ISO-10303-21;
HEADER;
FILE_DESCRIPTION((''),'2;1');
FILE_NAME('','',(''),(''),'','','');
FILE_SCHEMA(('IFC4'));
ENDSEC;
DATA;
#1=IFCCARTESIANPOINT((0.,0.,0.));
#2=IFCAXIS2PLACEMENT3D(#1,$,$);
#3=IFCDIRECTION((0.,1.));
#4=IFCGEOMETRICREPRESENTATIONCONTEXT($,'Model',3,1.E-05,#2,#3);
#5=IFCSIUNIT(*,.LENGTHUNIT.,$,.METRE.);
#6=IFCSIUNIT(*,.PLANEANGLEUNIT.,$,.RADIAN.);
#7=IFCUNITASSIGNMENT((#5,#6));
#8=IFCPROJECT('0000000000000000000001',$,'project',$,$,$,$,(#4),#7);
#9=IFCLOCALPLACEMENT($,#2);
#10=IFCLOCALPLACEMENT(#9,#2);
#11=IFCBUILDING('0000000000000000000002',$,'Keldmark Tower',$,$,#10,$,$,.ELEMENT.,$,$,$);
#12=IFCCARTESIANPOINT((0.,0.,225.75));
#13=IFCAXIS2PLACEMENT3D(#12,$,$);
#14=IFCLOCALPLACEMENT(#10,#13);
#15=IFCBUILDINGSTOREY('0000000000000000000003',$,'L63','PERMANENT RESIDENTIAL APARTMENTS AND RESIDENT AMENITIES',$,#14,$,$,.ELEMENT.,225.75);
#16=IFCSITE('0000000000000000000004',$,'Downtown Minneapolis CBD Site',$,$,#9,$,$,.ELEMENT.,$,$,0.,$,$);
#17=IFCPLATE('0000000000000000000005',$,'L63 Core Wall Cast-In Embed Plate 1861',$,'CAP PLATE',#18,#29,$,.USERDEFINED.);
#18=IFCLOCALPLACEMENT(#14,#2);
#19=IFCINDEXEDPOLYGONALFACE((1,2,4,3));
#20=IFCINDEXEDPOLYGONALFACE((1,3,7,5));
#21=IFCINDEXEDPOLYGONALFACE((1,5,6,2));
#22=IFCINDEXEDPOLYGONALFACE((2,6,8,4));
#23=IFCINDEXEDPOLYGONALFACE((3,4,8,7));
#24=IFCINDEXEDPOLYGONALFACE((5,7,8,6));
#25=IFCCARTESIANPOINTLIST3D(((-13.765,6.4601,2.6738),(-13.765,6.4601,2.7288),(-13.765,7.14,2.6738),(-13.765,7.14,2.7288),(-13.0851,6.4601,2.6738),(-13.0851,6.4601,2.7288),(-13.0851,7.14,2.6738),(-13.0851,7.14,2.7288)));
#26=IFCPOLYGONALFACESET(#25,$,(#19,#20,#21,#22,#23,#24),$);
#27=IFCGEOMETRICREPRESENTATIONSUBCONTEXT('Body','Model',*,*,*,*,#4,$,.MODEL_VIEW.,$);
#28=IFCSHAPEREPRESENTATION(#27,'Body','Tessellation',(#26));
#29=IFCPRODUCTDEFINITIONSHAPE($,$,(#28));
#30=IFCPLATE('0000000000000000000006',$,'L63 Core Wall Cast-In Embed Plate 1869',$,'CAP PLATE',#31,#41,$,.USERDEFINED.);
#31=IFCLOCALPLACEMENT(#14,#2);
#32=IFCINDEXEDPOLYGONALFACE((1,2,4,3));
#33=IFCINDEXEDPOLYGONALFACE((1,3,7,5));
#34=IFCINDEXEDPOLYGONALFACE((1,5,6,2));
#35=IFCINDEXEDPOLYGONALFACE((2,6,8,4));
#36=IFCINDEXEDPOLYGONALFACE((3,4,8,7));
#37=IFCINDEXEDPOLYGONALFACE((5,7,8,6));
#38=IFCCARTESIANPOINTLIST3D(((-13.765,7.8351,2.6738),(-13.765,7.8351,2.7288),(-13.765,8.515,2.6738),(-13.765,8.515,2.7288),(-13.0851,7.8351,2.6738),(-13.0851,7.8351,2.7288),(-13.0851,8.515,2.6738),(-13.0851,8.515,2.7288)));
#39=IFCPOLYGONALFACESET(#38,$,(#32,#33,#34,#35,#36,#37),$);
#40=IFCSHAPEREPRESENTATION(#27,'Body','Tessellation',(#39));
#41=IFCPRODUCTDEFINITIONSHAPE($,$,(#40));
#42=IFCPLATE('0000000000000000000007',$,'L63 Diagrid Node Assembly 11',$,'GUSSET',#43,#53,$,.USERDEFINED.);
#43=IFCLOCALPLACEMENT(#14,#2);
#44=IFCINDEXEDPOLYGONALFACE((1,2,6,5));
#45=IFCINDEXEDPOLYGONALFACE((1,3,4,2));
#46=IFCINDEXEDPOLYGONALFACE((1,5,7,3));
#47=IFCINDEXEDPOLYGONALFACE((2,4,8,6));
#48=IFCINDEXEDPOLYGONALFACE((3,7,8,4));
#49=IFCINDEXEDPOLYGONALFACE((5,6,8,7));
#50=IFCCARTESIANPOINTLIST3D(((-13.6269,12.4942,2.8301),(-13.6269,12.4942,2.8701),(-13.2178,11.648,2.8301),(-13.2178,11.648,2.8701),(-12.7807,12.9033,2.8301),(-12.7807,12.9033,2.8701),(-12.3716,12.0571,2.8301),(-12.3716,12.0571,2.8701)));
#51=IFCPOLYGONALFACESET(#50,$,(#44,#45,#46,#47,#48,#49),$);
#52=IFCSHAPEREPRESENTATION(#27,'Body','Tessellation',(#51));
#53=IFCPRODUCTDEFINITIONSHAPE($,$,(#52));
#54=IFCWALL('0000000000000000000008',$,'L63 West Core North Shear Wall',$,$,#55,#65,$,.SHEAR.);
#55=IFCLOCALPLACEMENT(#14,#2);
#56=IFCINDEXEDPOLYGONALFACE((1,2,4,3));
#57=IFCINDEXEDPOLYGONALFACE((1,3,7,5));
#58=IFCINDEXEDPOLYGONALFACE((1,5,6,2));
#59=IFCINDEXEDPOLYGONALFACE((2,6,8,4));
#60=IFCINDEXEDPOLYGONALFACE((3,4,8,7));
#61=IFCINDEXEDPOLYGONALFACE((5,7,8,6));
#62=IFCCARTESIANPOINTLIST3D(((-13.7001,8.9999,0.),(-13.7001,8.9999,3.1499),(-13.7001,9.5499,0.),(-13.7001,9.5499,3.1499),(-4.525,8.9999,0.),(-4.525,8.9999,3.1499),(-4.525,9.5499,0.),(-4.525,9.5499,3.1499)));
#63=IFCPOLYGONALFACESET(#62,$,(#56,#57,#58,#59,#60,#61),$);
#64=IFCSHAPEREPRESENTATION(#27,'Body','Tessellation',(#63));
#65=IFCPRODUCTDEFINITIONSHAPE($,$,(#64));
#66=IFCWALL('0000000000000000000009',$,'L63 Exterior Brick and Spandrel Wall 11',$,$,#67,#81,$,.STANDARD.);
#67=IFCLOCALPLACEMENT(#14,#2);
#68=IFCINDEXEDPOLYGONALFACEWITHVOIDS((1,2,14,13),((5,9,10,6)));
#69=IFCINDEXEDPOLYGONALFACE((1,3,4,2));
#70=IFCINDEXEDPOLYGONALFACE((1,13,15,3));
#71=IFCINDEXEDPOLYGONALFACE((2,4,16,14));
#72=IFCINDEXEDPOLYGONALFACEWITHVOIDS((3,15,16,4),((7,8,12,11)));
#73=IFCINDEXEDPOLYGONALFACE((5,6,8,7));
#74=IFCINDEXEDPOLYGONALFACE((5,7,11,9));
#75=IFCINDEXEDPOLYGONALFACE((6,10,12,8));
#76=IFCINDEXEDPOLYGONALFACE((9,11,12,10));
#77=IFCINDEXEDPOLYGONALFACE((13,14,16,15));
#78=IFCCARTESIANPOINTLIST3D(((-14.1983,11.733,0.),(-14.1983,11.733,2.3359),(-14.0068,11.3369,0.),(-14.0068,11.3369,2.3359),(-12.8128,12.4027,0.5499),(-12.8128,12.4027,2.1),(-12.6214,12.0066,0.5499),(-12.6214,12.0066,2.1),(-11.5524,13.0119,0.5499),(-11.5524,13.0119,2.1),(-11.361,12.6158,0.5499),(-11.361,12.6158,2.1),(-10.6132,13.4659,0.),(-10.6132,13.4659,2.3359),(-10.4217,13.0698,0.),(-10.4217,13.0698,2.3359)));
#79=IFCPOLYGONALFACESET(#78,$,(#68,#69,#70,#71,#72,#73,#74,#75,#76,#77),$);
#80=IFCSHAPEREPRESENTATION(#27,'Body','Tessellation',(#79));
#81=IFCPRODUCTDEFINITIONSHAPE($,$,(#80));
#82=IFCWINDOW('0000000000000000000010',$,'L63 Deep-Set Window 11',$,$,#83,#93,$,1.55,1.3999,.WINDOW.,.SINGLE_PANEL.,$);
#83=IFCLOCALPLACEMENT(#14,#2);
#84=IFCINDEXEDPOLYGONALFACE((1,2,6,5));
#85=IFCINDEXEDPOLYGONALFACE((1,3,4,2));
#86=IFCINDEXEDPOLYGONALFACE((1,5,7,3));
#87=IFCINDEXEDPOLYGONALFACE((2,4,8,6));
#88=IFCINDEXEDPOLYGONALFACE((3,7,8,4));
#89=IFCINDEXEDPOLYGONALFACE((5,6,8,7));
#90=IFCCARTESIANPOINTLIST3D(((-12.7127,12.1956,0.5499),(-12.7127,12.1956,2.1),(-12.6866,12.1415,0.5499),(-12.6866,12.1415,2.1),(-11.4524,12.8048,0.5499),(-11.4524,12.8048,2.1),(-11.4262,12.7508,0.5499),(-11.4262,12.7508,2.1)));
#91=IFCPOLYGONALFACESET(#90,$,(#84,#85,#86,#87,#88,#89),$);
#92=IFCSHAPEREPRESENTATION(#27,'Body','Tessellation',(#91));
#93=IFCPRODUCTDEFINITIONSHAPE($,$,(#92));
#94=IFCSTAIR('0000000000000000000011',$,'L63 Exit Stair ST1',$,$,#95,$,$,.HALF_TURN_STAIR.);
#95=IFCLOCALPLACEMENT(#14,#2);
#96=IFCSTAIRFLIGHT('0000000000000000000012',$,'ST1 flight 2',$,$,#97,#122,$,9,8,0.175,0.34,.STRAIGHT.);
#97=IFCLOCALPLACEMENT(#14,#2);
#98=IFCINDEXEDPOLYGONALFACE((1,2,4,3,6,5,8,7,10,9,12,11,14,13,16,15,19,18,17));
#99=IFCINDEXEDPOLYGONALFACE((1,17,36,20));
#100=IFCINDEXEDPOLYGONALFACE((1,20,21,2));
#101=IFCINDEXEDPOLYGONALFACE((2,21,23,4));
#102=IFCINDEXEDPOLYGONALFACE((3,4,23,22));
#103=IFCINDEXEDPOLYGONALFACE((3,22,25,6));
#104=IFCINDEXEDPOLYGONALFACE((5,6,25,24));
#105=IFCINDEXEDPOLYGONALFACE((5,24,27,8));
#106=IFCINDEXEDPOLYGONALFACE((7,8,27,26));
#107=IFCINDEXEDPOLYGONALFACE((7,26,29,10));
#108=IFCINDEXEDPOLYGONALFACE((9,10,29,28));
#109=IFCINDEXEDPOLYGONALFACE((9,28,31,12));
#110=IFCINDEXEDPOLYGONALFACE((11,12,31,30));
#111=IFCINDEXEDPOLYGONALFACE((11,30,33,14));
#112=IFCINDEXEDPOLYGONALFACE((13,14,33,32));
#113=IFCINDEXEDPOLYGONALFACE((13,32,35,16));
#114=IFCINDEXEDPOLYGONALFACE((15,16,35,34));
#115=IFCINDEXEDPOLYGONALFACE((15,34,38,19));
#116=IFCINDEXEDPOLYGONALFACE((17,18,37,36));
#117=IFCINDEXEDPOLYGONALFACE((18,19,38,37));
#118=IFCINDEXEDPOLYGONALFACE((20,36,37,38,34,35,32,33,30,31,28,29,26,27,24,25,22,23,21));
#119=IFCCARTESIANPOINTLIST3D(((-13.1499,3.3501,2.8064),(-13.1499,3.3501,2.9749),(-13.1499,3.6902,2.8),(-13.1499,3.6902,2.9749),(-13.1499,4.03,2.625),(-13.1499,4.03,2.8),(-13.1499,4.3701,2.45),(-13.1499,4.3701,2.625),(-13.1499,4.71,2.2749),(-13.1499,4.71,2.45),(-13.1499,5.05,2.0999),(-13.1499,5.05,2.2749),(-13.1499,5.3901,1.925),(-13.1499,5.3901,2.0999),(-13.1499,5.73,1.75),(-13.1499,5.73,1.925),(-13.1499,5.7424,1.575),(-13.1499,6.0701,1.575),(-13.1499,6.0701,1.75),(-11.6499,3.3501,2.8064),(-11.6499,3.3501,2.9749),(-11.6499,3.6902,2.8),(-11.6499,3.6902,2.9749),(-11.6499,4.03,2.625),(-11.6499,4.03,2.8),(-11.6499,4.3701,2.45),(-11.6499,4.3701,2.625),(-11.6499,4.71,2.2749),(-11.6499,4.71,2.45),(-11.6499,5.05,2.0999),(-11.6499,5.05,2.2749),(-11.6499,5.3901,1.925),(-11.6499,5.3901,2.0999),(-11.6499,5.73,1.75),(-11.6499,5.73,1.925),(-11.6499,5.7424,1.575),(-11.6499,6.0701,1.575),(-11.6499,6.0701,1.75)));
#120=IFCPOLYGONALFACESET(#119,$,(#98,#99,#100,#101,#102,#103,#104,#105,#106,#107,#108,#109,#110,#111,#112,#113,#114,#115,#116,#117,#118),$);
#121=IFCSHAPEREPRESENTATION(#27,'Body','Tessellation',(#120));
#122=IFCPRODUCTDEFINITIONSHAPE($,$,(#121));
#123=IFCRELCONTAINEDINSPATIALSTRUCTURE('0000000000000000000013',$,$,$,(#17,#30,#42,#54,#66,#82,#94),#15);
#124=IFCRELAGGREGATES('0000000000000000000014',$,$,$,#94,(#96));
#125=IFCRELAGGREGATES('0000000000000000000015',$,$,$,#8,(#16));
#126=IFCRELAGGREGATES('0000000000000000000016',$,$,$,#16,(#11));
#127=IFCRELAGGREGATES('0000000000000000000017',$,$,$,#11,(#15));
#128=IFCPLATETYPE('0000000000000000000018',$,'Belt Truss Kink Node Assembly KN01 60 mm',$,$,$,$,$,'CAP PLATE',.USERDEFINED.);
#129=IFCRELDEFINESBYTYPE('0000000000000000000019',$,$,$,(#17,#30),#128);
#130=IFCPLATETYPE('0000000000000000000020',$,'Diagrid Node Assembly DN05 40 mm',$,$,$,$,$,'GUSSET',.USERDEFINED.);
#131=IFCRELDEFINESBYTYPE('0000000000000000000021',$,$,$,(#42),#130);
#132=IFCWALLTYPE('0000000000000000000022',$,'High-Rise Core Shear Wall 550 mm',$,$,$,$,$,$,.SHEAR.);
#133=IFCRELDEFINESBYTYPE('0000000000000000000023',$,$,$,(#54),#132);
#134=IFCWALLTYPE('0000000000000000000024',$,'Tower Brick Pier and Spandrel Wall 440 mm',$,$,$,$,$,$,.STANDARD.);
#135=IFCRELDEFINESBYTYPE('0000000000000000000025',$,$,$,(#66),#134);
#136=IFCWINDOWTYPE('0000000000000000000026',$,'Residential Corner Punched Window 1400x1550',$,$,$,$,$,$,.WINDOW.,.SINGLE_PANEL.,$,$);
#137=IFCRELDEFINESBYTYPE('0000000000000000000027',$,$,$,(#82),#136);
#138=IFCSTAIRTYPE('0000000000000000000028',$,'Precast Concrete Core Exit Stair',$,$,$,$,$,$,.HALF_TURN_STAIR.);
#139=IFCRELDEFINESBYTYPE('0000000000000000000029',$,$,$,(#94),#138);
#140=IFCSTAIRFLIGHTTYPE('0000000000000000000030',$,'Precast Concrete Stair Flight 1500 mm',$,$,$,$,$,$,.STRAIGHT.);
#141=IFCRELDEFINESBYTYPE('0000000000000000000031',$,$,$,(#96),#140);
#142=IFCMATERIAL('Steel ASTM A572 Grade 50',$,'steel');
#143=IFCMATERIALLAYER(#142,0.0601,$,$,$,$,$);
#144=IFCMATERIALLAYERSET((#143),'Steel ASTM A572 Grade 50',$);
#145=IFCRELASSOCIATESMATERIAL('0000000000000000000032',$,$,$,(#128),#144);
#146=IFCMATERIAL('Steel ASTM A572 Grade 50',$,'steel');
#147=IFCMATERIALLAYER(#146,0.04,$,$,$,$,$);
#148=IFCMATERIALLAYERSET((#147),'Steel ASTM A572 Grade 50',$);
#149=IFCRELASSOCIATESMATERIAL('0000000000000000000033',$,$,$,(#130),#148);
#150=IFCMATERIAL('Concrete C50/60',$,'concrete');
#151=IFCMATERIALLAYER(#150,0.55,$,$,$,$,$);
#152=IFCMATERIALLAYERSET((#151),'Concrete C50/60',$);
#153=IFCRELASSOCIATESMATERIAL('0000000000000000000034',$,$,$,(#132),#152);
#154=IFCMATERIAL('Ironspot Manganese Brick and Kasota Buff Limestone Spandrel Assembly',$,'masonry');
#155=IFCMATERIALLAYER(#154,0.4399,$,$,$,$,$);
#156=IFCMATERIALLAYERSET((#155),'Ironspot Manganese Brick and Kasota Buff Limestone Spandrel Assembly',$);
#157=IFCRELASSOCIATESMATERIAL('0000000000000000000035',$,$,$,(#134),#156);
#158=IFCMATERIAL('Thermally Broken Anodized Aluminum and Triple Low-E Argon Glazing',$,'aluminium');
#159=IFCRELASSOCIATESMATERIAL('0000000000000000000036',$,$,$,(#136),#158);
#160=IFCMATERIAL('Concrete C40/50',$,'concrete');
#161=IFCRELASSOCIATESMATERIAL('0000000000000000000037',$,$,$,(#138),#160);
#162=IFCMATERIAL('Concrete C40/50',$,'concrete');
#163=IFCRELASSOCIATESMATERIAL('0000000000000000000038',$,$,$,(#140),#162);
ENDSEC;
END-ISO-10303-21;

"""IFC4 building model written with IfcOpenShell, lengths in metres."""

from ifc_helpers import new_model, si_unit, direction, frame, frame_2d, origin, origin_2d, place, context, subcontext, project, spatial, polyline, rectangle, outline, extrude, material, layer, layer_set, type_object, element, fill, aggregate, save


model = new_model("IFC4")

# Units and contexts
model_context = context("Model", 3, precision=1e-05, world=origin(), true_north=direction((0.0, 1.0)))
body_context = subcontext(model_context, "Body", "Model", "MODEL_VIEW")
ifc_project = project(units=[si_unit("LENGTHUNIT", "METRE"), si_unit("PLANEANGLEUNIT", "RADIAN")], contexts=[model_context])

# Site, building, storey
site_placement = place(None, origin())
site = spatial("IfcSite", under=ifc_project, at=site_placement, Name="Downtown Minneapolis CBD Site", CompositionType="ELEMENT", RefElevation=0.0)
building_placement = place(site_placement, origin())
building = spatial("IfcBuilding", under=site, at=building_placement, Name="Keldmark Tower", CompositionType="ELEMENT")
storey_placement = place(building_placement, frame((0.0, 0.0, 225.75)))
storey = spatial("IfcBuildingStorey", under=building, at=storey_placement, Name="L63", Description="PERMANENT RESIDENTIAL APARTMENTS AND RESIDENT AMENITIES", CompositionType="ELEMENT", Elevation=225.75)

# Plates
ifc_material_1 = material(Name="Steel ASTM A572 Grade 50", Category="steel")
ifc_layer_1 = layer(ifc_material_1, 0.0601)
ifc_layer_set_1 = layer_set([ifc_layer_1], Name="Steel ASTM A572 Grade 50")
plate_type_1 = type_object("IfcPlateType", Name="Belt Truss Kink Node Assembly KN01 60 mm", ElementType="CAP PLATE", PredefinedType="USERDEFINED", material=ifc_layer_set_1)
for number, where, z_axis, x_axis, name in (
    (1, (-13.425, 6.8, 2.6738), (0.0, 0.0, 1.0), (1.0, 0.0, 0.0), "L63 Core Wall Cast-In Embed Plate 1861"),
    (2, (-13.425, 8.175, 2.6738), (0.0, 0.0, 1.0), (1.0, 0.0, 0.0), "L63 Core Wall Cast-In Embed Plate 1869"),
):
    element("IfcPlate", number, at=place(storey_placement, frame(where, z_axis=z_axis, x_axis=x_axis)), inside=storey, type_object=plate_type_1, Name=name, ObjectType="CAP PLATE", PredefinedType="USERDEFINED", context=body_context, shape_type="SweptSolid", body=[
        extrude(rectangle(XDim=0.6799, YDim=0.6799, at=origin_2d()), origin(), (0.0, 0.0, 1.0), 0.0549),
    ])
ifc_material_2 = material(Name="Steel ASTM A572 Grade 50", Category="steel")
ifc_layer_2 = layer(ifc_material_2, 0.04)
ifc_layer_set_2 = layer_set([ifc_layer_2], Name="Steel ASTM A572 Grade 50")
plate_type_2 = type_object("IfcPlateType", Name="Diagrid Node Assembly DN05 40 mm", ElementType="GUSSET", PredefinedType="USERDEFINED", material=ifc_layer_set_2)
plate_placement = place(storey_placement, frame((-12.9993, 12.2756, 2.8301), z_axis=(0.0, 0.0, 1.0), x_axis=(-0.900319, -0.435231, 0.0)))
element("IfcPlate", 3, at=plate_placement, inside=storey, type_object=plate_type_2, Name="L63 Diagrid Node Assembly 11", ObjectType="GUSSET", PredefinedType="USERDEFINED", context=body_context, shape_type="SweptSolid", body=[
    extrude(rectangle(XDim=0.9399, YDim=0.9399, at=origin_2d()), origin(), (0.0, 0.0, 1.0), 0.04),
])

# Wall
ifc_material_3 = material(Name="Concrete C50/60", Category="concrete")
ifc_layer_3 = layer(ifc_material_3, 0.55)
ifc_layer_set_3 = layer_set([ifc_layer_3], Name="Concrete C50/60")
wall_type_1 = type_object("IfcWallType", Name="High-Rise Core Shear Wall 550 mm", PredefinedType="SHEAR", material=ifc_layer_set_3)
wall_1_placement = place(storey_placement, frame((-13.7, 9.2749, 0.0), z_axis=(0.0, 0.0, 1.0), x_axis=(1.0, 0.0, 0.0)))
element("IfcWall", 4, at=wall_1_placement, inside=storey, type_object=wall_type_1, Name="L63 West Core North Shear Wall", PredefinedType="SHEAR", context=body_context, shape_type="SweptSolid", body=[
    extrude(rectangle(XDim=9.175, YDim=0.55, at=frame_2d((4.5874, 0.0))), origin(), (0.0, 0.0, 1.0), 3.1499),
])

# Wall, opening, window
ifc_material_4 = material(Name="Ironspot Manganese Brick and Kasota Buff Limestone Spandrel Assembly", Category="masonry")
ifc_layer_4 = layer(ifc_material_4, 0.4399)
ifc_layer_set_4 = layer_set([ifc_layer_4], Name="Ironspot Manganese Brick and Kasota Buff Limestone Spandrel Assembly")
wall_type_2 = type_object("IfcWallType", Name="Tower Brick Pier and Spandrel Wall 440 mm", PredefinedType="STANDARD", material=ifc_layer_set_4)
wall_2_placement = place(storey_placement, frame((-14.1025, 11.5349, 0.0), z_axis=(0.0, 0.0, 1.0), x_axis=(0.900331, 0.435205, 0.0)))
wall_2 = element("IfcWall", 5, at=wall_2_placement, inside=storey, type_object=wall_type_2, Name="L63 Exterior Brick and Spandrel Wall 11", PredefinedType="STANDARD", context=body_context, shape_type="SweptSolid", body=[
    extrude(rectangle(XDim=3.9819, YDim=0.4399, at=frame_2d((1.991, 0.0))), origin(), (0.0, 0.0, 1.0), 2.3359),
])
opening_placement = place(wall_2_placement, frame((1.5388, 0.0, 0.55)))
opening = element("IfcOpeningElement", 6, at=opening_placement, cuts=wall_2, PredefinedType="OPENING", context=body_context, shape_type="SweptSolid", body=[
    extrude(rectangle(XDim=1.3999, YDim=1.55, at=frame_2d((0.7, 0.7749))), frame((0.0, 0.23, 0.0), z_axis=(0.0, -1.0, 0.0), x_axis=(1.0, 0.0, 0.0)), (0.0, 0.0, 1.0), 0.46),
])
ifc_material_5 = material(Name="Thermally Broken Anodized Aluminum and Triple Low-E Argon Glazing", Category="aluminium")
window_type = type_object("IfcWindowType", Name="Residential Corner Punched Window 1400x1550", PartitioningType="SINGLE_PANEL", PredefinedType="WINDOW", material=ifc_material_5)
window_placement = place(opening_placement, origin())
window = element("IfcWindow", 7, at=window_placement, inside=storey, type_object=window_type, Name="L63 Deep-Set Window 11", OverallHeight=1.55, OverallWidth=1.3999, PartitioningType="SINGLE_PANEL", PredefinedType="WINDOW", context=body_context, shape_type="SweptSolid", body=[
    extrude(rectangle(XDim=1.3999, YDim=1.55, at=frame_2d((0.7, 0.7749))), frame((0.0, -0.01, 0.0), z_axis=(0.0, -1.0, 0.0), x_axis=(1.0, 0.0, 0.0)), (0.0, 0.0, 1.0), 0.0601),
])
fill(opening, window)

# Stair, stair flight
ifc_material_6 = material(Name="Concrete C40/50", Category="concrete")
stair_type = type_object("IfcStairType", Name="Precast Concrete Core Exit Stair", PredefinedType="HALF_TURN_STAIR", material=ifc_material_6)
stair_placement = place(storey_placement, origin())
stair = element("IfcStair", 8, at=stair_placement, inside=storey, type_object=stair_type, Name="L63 Exit Stair ST1", PredefinedType="HALF_TURN_STAIR")
ifc_material_7 = material(Name="Concrete C40/50", Category="concrete")
stair_flight_type = type_object("IfcStairFlightType", Name="Precast Concrete Stair Flight 1500 mm", PredefinedType="STRAIGHT", material=ifc_material_7)
stair_flight_placement = place(storey_placement, frame((-12.3999, 6.0701, 1.575), z_axis=(0.0, 0.0, 1.0), x_axis=(0.0, -1.0, 0.0)))
stair_flight = element("IfcStairFlight", 9, at=stair_flight_placement, type_object=stair_flight_type, Name="ST1 flight 2", NumberOfRisers=9, NumberOfTreads=8, PredefinedType="STRAIGHT", RiserHeight=0.175, TreadLength=0.34, context=body_context, shape_type="SweptSolid", body=[
    extrude(outline(polyline([(0.0, 0.0), (0.0, 0.175), (0.3401, 0.175), (0.3401, 0.3501), (0.6799, 0.3501), (0.6799, 0.5249), (1.02, 0.5249), (1.02, 0.7), (1.3601, 0.7), (1.3601, 0.875), (1.7, 0.875), (1.7, 1.05), (2.04, 1.05), (2.04, 1.2251), (2.3799, 1.2251), (2.3799, 1.3999), (2.72, 1.3999), (2.72, 1.575), (2.72, 1.2314), (0.3276, 0.0), (0.0, 0.0)])), frame((0.0, 0.75, 0.0), z_axis=(0.0, -1.0, 0.0), x_axis=(1.0, 0.0, 0.0)), (0.0, 0.0, 1.0), 1.5),
])
aggregate(stair, [stair_flight])

save(model, "model.ifc")
